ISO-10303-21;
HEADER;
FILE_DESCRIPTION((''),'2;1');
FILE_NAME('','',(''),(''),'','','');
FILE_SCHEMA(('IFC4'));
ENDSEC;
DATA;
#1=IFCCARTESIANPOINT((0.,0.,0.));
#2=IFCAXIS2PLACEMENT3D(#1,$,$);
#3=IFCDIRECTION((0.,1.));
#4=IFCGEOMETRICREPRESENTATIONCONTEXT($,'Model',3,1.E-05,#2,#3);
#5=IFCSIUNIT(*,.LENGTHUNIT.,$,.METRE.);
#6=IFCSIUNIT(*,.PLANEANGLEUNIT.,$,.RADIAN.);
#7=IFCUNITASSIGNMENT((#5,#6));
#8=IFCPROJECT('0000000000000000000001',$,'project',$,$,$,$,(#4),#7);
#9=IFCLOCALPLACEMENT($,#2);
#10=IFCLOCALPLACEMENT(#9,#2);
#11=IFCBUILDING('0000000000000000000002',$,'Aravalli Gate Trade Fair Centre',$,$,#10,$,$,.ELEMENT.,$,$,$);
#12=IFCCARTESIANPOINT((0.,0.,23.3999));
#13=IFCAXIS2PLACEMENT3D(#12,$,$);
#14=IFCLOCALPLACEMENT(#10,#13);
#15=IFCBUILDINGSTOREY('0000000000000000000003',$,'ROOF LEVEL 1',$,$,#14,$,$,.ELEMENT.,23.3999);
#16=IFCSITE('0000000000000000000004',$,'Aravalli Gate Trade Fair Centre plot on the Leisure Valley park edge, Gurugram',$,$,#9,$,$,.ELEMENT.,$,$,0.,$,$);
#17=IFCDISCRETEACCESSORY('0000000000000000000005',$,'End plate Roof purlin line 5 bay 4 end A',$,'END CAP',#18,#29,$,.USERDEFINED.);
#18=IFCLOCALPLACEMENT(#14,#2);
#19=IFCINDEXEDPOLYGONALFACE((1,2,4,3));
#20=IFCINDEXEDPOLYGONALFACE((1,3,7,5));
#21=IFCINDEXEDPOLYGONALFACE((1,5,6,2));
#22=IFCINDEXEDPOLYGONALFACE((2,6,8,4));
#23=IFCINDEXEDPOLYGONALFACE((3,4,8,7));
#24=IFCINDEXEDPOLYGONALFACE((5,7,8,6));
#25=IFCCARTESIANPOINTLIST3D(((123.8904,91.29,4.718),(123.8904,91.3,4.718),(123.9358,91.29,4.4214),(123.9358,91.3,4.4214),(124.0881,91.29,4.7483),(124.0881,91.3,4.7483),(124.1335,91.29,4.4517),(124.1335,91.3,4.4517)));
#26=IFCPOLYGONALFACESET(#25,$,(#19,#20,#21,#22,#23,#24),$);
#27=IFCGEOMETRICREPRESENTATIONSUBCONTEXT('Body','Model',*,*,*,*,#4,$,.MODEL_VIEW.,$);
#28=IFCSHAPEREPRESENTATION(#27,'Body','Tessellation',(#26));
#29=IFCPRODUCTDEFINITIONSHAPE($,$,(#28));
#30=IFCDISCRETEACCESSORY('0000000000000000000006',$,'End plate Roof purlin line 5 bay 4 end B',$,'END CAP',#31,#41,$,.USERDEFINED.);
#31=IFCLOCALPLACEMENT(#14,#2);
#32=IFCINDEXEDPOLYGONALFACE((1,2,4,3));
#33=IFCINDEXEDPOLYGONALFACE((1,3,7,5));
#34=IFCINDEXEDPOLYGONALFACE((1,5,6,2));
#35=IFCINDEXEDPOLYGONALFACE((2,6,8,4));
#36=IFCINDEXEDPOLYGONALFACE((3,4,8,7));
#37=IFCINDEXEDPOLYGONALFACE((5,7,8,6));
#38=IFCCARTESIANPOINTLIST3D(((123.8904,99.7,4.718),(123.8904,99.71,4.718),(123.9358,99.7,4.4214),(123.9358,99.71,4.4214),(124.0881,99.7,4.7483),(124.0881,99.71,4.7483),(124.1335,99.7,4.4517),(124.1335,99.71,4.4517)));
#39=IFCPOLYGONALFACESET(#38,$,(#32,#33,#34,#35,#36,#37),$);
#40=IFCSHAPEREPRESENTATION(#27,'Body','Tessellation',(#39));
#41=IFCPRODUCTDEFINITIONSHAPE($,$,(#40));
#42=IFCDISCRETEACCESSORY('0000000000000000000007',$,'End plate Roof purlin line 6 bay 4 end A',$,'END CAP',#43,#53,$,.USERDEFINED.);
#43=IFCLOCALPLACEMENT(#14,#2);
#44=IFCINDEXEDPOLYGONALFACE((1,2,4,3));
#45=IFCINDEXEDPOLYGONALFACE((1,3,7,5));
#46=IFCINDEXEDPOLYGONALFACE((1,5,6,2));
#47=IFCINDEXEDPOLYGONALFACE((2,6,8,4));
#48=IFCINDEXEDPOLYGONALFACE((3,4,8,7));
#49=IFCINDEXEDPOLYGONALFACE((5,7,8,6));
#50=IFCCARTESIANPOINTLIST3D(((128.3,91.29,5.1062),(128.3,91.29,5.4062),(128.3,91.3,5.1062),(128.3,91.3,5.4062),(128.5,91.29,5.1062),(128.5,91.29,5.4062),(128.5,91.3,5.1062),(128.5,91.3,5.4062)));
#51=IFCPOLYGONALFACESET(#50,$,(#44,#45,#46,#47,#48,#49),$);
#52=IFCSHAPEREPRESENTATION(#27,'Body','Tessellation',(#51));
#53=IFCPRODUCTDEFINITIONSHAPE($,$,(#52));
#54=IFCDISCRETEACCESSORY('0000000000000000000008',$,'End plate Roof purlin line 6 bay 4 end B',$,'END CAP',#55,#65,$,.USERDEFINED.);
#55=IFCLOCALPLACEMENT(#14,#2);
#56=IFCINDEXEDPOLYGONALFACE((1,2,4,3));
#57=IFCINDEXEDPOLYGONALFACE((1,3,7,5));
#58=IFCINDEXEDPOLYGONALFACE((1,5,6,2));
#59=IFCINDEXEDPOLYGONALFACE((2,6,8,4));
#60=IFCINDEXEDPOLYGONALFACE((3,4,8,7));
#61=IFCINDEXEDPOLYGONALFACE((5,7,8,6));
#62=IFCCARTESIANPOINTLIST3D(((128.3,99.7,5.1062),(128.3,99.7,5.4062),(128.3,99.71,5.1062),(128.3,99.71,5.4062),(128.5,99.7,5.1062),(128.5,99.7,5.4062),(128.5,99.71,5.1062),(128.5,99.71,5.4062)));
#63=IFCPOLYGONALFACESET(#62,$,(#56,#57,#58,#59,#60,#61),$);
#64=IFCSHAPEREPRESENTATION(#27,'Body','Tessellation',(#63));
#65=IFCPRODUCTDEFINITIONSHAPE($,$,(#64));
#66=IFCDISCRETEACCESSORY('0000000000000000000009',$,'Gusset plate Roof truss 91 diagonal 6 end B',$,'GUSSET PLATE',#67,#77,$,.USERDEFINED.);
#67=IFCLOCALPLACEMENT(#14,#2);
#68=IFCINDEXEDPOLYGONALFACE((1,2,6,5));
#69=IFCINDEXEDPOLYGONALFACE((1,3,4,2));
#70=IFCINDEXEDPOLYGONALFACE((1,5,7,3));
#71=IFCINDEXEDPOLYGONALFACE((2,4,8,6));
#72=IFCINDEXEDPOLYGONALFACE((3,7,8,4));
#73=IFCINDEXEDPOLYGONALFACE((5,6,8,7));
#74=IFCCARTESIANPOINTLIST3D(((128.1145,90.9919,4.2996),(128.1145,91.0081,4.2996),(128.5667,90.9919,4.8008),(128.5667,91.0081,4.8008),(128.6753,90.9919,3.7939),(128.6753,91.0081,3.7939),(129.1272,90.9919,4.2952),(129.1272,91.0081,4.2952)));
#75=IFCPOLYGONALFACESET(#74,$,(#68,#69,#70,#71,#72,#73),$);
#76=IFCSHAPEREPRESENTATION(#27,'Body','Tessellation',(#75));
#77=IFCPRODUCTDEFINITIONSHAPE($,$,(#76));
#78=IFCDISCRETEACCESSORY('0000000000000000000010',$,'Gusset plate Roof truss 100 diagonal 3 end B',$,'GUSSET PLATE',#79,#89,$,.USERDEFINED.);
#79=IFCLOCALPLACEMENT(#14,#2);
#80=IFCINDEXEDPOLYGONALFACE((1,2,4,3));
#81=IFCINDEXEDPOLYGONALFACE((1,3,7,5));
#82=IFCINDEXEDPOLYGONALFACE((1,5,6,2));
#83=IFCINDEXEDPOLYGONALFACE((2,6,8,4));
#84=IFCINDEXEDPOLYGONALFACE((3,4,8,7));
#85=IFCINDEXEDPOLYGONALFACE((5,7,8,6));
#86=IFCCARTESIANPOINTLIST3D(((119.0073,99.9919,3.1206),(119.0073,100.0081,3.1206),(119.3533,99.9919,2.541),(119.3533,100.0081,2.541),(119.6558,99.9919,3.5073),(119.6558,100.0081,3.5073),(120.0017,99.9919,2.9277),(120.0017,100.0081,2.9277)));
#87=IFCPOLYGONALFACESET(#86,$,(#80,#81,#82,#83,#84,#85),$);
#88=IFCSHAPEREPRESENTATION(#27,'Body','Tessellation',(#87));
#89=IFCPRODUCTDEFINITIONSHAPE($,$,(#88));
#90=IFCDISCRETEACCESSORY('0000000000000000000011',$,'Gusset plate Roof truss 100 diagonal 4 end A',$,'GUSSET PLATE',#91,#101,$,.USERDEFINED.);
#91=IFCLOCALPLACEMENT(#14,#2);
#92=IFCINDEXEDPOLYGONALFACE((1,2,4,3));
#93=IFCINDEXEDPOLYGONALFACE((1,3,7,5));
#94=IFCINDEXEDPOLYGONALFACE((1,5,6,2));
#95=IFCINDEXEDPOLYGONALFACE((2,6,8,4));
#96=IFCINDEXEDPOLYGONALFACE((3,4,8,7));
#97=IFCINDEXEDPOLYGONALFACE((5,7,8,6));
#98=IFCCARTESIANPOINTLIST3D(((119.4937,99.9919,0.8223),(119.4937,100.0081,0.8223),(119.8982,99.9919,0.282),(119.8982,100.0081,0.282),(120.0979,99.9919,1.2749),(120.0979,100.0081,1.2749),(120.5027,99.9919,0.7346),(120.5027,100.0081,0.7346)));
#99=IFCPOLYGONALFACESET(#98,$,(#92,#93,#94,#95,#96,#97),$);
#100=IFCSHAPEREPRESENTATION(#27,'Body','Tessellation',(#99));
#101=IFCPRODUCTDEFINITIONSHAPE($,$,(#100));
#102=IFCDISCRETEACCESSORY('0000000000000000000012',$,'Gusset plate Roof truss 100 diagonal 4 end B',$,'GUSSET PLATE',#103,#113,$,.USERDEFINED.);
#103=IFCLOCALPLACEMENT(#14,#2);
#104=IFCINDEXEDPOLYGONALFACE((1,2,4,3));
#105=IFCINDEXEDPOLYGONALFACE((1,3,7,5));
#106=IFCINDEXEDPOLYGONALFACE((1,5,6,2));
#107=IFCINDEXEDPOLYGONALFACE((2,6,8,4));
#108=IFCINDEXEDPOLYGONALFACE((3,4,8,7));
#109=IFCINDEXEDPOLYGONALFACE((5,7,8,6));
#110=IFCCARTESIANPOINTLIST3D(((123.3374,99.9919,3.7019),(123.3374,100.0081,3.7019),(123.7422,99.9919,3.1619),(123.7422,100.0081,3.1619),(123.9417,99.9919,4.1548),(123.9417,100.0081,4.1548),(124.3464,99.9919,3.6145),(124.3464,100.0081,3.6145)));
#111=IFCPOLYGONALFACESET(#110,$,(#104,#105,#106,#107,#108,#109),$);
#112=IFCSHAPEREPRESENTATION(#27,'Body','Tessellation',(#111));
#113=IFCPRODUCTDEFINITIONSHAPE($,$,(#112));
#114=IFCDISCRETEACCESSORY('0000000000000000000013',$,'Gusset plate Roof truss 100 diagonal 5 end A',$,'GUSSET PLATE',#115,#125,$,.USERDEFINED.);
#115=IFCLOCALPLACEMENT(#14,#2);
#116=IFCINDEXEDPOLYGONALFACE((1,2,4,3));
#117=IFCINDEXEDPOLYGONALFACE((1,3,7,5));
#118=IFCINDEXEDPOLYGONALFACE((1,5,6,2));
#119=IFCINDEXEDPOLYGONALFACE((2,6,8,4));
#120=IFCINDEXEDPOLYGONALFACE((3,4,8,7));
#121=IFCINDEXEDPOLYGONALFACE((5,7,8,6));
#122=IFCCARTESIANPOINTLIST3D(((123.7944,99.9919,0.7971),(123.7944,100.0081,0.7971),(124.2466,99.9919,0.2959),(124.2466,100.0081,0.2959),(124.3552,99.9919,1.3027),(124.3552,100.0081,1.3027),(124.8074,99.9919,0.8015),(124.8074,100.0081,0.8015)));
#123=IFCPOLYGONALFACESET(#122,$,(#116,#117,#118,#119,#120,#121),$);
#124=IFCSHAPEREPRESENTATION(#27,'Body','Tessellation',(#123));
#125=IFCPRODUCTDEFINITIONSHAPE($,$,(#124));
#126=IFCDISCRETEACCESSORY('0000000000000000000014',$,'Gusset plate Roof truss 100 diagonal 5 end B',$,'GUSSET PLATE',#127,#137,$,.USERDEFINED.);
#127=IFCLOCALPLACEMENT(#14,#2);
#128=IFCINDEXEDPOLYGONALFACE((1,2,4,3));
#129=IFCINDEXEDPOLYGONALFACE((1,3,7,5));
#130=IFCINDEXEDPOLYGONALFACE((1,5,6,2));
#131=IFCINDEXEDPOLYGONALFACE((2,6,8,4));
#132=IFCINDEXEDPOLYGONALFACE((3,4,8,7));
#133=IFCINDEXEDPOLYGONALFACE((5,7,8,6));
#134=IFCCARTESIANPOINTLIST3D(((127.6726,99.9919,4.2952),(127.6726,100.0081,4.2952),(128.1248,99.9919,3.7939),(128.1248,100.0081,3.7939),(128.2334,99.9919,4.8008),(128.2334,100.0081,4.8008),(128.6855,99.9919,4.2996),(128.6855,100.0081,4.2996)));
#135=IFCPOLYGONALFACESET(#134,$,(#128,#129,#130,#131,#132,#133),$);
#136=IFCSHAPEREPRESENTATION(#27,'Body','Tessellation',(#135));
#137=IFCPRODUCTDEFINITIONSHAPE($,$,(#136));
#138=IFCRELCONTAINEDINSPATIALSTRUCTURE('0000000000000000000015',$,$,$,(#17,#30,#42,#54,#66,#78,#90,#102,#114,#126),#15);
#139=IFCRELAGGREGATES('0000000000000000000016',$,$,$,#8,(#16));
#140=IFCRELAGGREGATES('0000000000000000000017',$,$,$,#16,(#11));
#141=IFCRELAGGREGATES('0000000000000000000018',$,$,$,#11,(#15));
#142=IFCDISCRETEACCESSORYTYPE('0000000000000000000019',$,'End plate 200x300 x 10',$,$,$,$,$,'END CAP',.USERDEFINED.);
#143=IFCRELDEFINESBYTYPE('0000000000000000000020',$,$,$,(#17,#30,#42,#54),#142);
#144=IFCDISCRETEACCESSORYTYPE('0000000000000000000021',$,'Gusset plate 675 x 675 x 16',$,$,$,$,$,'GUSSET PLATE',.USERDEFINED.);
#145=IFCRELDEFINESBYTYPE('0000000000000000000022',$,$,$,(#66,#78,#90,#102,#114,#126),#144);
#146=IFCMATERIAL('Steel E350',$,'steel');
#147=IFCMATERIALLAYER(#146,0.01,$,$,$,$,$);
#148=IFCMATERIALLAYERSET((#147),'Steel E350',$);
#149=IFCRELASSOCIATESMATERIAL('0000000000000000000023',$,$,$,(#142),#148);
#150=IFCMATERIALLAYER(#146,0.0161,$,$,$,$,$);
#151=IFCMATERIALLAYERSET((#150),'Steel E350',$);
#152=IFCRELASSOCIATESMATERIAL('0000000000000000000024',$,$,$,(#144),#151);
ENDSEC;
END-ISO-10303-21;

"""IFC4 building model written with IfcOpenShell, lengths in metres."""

from ifc_helpers import new_model, si_unit, direction, frame, origin, place, context, subcontext, project, spatial, polyline, outline, extrude, material, layer, layer_set, type_object, element, save


model = new_model("IFC4")

# Units and contexts
model_context = context("Model", 3, precision=1e-05, world=origin(), true_north=direction((0.0, 1.0)))
body_context = subcontext(model_context, "Body", "Model", "MODEL_VIEW")
ifc_project = project(units=[si_unit("LENGTHUNIT", "METRE"), si_unit("PLANEANGLEUNIT", "RADIAN")], contexts=[model_context])

# Site, building, storey
site_placement = place(None, origin())
site = spatial("IfcSite", under=ifc_project, at=site_placement, Name="Aravalli Gate Trade Fair Centre plot on the Leisure Valley park edge, Gurugram", CompositionType="ELEMENT", RefElevation=0.0)
building_placement = place(site_placement, origin())
building = spatial("IfcBuilding", under=site, at=building_placement, Name="Aravalli Gate Trade Fair Centre", CompositionType="ELEMENT")
storey_placement = place(building_placement, frame((0.0, 0.0, 23.3999)))
storey = spatial("IfcBuildingStorey", under=building, at=storey_placement, Name="ROOF LEVEL 1", CompositionType="ELEMENT", Elevation=23.3999)

# Shared definitions
ifc_material = material(Name="Steel E350", Category="steel")

# Discrete accessories
ifc_layer_1 = layer(ifc_material, 0.01)
ifc_layer_set_1 = layer_set([ifc_layer_1], Name="Steel E350")
discrete_accessory_type_1 = type_object("IfcDiscreteAccessoryType", Name="End plate 200x300 x 10", ElementType="END CAP", PredefinedType="USERDEFINED", material=ifc_layer_set_1)
for number, where, z_axis, x_axis, name in (
    (1, (124.1335, 91.3, 4.4517), (0.0, 1.0, 0.0), (-0.988484, 0.0, -0.151324), "End plate Roof purlin line 5 bay 4 end A"),
    (2, (124.1335, 99.71, 4.4517), (0.0, 1.0, 0.0), (-0.988484, 0.0, -0.151324), "End plate Roof purlin line 5 bay 4 end B"),
):
    element("IfcDiscreteAccessory", number, at=place(storey_placement, frame(where, z_axis=z_axis, x_axis=x_axis)), inside=storey, type_object=discrete_accessory_type_1, Name=name, ObjectType="END CAP", PredefinedType="USERDEFINED", context=body_context, shape_type="SweptSolid", body=[
        extrude(outline(polyline([(0.0, 0.0), (0.2001, 0.0), (0.2001, 0.3001), (0.0, 0.3001), (0.0, 0.0)])), origin(), (0.0, 0.0, -1.0), 0.01),
    ])
for number, where, z_axis, x_axis, name in (
    (3, (128.5, 91.3, 5.1062), (0.0, 1.0, 0.0), (-1.0, 0.0, 0.0), "End plate Roof purlin line 6 bay 4 end A"),
    (4, (128.5, 99.71, 5.1062), (0.0, 1.0, 0.0), (-1.0, 0.0, 0.0), "End plate Roof purlin line 6 bay 4 end B"),
):
    element("IfcDiscreteAccessory", number, at=place(storey_placement, frame(where, z_axis=z_axis, x_axis=x_axis)), inside=storey, type_object=discrete_accessory_type_1, Name=name, ObjectType="END CAP", PredefinedType="USERDEFINED", context=body_context, shape_type="SweptSolid", body=[
        extrude(outline(polyline([(0.0, 0.0), (0.2, 0.0), (0.2, 0.3), (0.0, 0.3), (0.0, 0.0)])), origin(), (0.0, 0.0, -1.0), 0.01),
    ])
ifc_layer_2 = layer(ifc_material, 0.0161)
ifc_layer_set_2 = layer_set([ifc_layer_2], Name="Steel E350")
discrete_accessory_type_2 = type_object("IfcDiscreteAccessoryType", Name="Gusset plate 675 x 675 x 16", ElementType="GUSSET PLATE", PredefinedType="USERDEFINED", material=ifc_layer_set_2)
discrete_accessory_1_placement = place(storey_placement, frame((128.6753, 91.0081, 3.7939), z_axis=(0.0, 1.0, 0.0), x_axis=(-0.742699, 0.0, 0.669625)))
element("IfcDiscreteAccessory", 5, at=discrete_accessory_1_placement, inside=storey, type_object=discrete_accessory_type_2, Name="Gusset plate Roof truss 91 diagonal 6 end B", ObjectType="GUSSET PLATE", PredefinedType="USERDEFINED", context=body_context, shape_type="SweptSolid", body=[
    extrude(outline(polyline([(0.0, 0.0), (0.7551, 0.0), (0.7549, 0.675), (0.0, 0.6749), (0.0, 0.0)])), origin(), (0.0, 0.0, -1.0), 0.0161),
])
discrete_accessory_2_placement = place(storey_placement, frame((119.3533, 99.9919, 2.541), z_axis=(0.0, -1.0, 0.0), x_axis=(0.858859, 0.0, 0.512211)))
element("IfcDiscreteAccessory", 6, at=discrete_accessory_2_placement, inside=storey, type_object=discrete_accessory_type_2, Name="Gusset plate Roof truss 100 diagonal 3 end B", ObjectType="GUSSET PLATE", PredefinedType="USERDEFINED", context=body_context, shape_type="SweptSolid", body=[
    extrude(outline(polyline([(0.0, 0.0), (0.755, 0.0), (0.7548, 0.675), (-0.0002, 0.675), (0.0, 0.0)])), origin(), (0.0, 0.0, -1.0), 0.0161),
])
discrete_accessory_3_placement = place(storey_placement, frame((120.0979, 99.9919, 1.2749), z_axis=(0.0, -1.0, 0.0), x_axis=(-0.800349, 0.0, -0.599534)))
element("IfcDiscreteAccessory", 7, at=discrete_accessory_3_placement, inside=storey, type_object=discrete_accessory_type_2, Name="Gusset plate Roof truss 100 diagonal 4 end A", ObjectType="GUSSET PLATE", PredefinedType="USERDEFINED", context=body_context, shape_type="SweptSolid", body=[
    extrude(outline(polyline([(0.0, 0.0), (0.755, 0.0), (0.7551, 0.675), (-0.0001, 0.6751), (0.0, 0.0)])), origin(), (0.0, 0.0, -1.0), 0.0161),
])
discrete_accessory_4_placement = place(storey_placement, frame((123.7422, 99.9919, 3.1619), z_axis=(0.0, -1.0, 0.0), x_axis=(0.800349, 0.0, 0.599534)))
element("IfcDiscreteAccessory", 8, at=discrete_accessory_4_placement, inside=storey, type_object=discrete_accessory_type_2, Name="Gusset plate Roof truss 100 diagonal 4 end B", ObjectType="GUSSET PLATE", PredefinedType="USERDEFINED", context=body_context, shape_type="SweptSolid", body=[
    extrude(outline(polyline([(0.0, 0.0), (0.755, 0.0), (0.7549, 0.6751), (-0.0002, 0.6749), (0.0, 0.0)])), origin(), (0.0, 0.0, -1.0), 0.0161),
])
for number, where, z_axis, x_axis, name in (
    (9, (124.3552, 99.9919, 1.3027), (0.0, -1.0, 0.0), (-0.742699, 0.0, -0.669625), "Gusset plate Roof truss 100 diagonal 5 end A"),
    (10, (128.1248, 99.9919, 3.7939), (0.0, -1.0, 0.0), (0.742699, 0.0, 0.669625), "Gusset plate Roof truss 100 diagonal 5 end B"),
):
    element("IfcDiscreteAccessory", number, at=place(storey_placement, frame(where, z_axis=z_axis, x_axis=x_axis)), inside=storey, type_object=discrete_accessory_type_2, Name=name, ObjectType="GUSSET PLATE", PredefinedType="USERDEFINED", context=body_context, shape_type="SweptSolid", body=[
        extrude(outline(polyline([(0.0, 0.0), (0.7551, 0.0), (0.7549, 0.675), (-0.0002, 0.675), (0.0, 0.0)])), origin(), (0.0, 0.0, -1.0), 0.0161),
    ])

save(model, "model.ifc")
